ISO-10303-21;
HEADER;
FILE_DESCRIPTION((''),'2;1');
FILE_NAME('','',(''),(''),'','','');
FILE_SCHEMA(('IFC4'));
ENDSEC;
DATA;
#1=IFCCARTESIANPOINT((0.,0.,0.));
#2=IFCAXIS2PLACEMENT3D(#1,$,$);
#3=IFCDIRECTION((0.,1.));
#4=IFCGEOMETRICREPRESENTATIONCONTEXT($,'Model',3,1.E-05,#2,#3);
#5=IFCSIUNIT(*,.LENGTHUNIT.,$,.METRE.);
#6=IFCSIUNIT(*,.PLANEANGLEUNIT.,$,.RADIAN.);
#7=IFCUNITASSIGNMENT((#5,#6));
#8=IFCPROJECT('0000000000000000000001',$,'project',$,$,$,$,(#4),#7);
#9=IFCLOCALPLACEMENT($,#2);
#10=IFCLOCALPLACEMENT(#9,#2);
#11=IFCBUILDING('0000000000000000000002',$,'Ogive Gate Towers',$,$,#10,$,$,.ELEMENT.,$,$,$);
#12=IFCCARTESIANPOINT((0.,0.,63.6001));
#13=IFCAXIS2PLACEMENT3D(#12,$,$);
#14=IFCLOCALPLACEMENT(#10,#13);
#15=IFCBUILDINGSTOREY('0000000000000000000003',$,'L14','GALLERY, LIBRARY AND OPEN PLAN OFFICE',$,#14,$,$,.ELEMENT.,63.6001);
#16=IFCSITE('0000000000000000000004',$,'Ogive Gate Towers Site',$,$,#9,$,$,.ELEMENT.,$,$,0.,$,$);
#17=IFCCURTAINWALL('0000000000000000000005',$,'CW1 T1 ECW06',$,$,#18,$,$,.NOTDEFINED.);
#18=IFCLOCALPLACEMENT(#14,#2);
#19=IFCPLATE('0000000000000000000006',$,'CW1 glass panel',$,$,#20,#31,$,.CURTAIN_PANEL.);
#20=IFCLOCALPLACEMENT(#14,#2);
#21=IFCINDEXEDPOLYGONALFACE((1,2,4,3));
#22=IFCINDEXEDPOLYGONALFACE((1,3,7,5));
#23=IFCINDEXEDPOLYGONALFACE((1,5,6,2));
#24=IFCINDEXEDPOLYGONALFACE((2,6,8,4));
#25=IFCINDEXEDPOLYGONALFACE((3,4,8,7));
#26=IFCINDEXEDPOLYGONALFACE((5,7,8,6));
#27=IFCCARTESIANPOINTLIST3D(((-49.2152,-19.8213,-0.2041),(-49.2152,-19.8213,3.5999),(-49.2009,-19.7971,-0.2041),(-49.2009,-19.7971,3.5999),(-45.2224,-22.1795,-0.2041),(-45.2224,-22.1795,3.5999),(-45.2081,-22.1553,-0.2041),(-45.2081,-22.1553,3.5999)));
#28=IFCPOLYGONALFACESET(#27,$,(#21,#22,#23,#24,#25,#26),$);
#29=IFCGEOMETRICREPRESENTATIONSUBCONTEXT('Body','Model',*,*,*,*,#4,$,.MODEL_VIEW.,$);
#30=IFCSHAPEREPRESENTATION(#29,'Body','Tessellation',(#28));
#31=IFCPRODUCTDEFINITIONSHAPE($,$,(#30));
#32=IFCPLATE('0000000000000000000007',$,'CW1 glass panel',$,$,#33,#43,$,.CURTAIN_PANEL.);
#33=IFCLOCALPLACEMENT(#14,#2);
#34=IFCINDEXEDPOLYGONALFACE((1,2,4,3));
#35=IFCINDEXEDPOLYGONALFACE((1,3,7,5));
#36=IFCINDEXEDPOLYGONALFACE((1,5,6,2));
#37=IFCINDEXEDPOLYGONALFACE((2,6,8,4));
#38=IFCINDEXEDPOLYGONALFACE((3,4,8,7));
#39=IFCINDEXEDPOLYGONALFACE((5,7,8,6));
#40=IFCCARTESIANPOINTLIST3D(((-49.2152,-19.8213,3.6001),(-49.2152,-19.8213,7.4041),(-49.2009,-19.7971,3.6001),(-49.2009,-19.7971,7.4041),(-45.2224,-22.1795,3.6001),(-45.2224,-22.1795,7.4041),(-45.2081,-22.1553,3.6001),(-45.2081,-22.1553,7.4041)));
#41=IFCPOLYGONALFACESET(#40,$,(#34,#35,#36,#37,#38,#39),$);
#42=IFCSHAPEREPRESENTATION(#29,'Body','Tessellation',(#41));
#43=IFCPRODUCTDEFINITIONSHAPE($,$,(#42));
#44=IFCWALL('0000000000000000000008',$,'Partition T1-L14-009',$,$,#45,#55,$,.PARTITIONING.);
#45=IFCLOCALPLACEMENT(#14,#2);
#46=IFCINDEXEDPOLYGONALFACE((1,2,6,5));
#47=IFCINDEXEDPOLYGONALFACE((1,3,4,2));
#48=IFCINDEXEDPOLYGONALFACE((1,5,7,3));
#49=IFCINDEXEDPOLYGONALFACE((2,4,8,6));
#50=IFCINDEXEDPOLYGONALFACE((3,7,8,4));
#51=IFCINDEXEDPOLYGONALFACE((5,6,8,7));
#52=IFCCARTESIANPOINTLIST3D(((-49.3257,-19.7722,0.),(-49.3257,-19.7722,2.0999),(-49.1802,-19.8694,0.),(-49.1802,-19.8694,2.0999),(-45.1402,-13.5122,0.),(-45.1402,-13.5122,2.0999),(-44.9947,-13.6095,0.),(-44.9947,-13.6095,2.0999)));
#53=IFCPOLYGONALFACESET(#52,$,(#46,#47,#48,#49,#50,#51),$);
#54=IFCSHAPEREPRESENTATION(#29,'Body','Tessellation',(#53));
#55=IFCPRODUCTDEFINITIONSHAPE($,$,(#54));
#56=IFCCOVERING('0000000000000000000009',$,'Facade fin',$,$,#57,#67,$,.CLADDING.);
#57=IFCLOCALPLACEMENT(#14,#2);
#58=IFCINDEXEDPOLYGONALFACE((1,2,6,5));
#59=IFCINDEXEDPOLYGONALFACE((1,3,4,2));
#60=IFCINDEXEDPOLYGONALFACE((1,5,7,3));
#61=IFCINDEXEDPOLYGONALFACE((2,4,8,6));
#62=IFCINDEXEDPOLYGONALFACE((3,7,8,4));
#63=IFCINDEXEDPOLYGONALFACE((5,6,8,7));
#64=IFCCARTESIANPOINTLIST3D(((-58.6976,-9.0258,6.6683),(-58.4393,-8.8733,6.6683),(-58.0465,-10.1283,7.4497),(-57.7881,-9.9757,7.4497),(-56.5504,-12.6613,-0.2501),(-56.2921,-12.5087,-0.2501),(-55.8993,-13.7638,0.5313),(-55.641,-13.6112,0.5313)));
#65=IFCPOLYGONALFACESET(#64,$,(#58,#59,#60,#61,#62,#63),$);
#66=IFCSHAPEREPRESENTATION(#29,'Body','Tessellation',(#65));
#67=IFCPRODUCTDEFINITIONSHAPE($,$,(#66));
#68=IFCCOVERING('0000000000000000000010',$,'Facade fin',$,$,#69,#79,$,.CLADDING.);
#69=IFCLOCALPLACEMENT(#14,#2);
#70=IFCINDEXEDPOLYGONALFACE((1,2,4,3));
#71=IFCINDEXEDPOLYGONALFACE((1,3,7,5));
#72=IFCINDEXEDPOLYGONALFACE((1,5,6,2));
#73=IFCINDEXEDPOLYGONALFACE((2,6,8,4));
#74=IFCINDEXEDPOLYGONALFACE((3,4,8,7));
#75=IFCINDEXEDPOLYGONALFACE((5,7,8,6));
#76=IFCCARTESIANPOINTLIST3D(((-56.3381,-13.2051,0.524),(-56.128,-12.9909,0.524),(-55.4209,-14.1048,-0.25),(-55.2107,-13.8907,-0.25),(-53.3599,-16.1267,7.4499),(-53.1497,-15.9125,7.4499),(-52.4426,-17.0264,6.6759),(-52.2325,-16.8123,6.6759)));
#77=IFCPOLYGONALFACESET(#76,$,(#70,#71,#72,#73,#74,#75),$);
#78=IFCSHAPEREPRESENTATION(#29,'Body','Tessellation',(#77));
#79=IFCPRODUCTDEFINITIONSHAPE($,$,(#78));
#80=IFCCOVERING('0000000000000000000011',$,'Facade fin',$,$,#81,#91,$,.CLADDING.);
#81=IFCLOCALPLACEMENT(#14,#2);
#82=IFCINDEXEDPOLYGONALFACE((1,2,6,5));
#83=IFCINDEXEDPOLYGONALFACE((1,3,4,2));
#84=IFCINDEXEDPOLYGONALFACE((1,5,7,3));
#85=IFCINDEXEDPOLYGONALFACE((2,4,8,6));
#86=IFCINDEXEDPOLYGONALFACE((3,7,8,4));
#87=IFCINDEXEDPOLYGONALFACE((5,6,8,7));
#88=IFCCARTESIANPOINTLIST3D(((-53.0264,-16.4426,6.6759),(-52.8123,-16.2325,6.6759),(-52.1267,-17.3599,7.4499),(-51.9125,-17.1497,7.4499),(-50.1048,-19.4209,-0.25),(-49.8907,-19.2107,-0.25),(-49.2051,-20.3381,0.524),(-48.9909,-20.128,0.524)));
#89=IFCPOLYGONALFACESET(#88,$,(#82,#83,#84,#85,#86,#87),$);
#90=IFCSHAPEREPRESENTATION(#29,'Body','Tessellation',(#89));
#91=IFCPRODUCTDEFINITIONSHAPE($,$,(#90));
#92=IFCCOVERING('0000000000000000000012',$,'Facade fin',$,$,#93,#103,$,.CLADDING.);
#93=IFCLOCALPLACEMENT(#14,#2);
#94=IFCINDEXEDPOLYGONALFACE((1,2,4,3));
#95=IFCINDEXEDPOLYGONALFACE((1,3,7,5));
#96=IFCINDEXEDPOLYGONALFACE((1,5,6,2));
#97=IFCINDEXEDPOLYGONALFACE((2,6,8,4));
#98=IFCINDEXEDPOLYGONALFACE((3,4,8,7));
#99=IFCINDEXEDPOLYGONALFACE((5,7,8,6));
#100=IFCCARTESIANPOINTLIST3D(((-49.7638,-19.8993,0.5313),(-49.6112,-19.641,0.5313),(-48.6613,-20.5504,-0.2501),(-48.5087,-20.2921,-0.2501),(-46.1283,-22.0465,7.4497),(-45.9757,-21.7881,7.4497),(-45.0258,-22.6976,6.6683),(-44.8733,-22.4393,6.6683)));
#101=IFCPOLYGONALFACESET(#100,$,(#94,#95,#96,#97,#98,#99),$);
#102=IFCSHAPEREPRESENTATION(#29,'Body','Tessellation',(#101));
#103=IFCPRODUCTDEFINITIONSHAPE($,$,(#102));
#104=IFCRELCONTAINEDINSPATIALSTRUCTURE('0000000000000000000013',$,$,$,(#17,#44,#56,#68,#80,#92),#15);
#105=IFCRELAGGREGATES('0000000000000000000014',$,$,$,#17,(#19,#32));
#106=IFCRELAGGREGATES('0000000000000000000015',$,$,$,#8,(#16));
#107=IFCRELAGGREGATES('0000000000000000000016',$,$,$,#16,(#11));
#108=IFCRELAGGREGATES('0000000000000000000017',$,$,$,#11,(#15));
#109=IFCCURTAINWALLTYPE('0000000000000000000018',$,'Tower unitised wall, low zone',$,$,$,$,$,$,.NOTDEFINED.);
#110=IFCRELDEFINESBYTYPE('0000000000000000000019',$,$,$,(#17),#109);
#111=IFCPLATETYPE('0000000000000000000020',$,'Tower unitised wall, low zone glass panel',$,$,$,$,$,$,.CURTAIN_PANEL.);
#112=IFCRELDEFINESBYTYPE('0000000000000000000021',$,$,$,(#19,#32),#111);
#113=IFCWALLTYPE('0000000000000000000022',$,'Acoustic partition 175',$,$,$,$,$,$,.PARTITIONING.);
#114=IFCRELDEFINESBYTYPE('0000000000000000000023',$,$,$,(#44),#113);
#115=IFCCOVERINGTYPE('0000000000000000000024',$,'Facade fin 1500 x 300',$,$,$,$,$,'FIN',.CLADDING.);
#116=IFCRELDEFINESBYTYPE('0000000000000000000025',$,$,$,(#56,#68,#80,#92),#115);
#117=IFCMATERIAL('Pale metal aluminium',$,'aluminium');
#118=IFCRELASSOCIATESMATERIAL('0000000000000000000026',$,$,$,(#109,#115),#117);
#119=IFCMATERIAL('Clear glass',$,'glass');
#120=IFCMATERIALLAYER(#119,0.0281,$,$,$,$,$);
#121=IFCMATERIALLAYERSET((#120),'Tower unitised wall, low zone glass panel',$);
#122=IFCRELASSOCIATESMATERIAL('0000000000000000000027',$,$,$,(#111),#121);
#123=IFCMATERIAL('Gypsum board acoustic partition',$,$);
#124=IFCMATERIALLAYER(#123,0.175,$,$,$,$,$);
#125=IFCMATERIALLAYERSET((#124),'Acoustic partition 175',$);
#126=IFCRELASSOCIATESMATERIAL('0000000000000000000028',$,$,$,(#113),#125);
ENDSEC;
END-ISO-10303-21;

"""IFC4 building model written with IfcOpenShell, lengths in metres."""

from ifc_helpers import new_model, si_unit, direction, frame, frame_2d, origin, origin_2d, place, context, subcontext, project, spatial, rectangle, extrude, material, layer, layer_set, material_profile, profile_set, type_object, element, aggregate, save


model = new_model("IFC4")

# Units and contexts
model_context = context("Model", 3, precision=1e-05, world=origin(), true_north=direction((0.0, 1.0)))
body_context = subcontext(model_context, "Body", "Model", "MODEL_VIEW")
ifc_project = project(units=[si_unit("LENGTHUNIT", "METRE"), si_unit("PLANEANGLEUNIT", "RADIAN")], contexts=[model_context])

# Site, building, storey
site_placement = place(None, origin())
site = spatial("IfcSite", under=ifc_project, at=site_placement, Name="Ogive Gate Towers Site", CompositionType="ELEMENT", RefElevation=0.0)
building_placement = place(site_placement, origin())
building = spatial("IfcBuilding", under=site, at=building_placement, Name="Ogive Gate Towers", CompositionType="ELEMENT")
storey_placement = place(building_placement, frame((0.0, 0.0, 63.6001)))
storey = spatial("IfcBuildingStorey", under=building, at=storey_placement, Name="L14", Description="GALLERY, LIBRARY AND OPEN PLAN OFFICE", CompositionType="ELEMENT", Elevation=63.6001)

# Curtain wall
ifc_material_1 = material(Name="Pale metal aluminium", Category="aluminium")
curtain_wall_type = type_object("IfcCurtainWallType", Name="Tower unitised wall, low zone", PredefinedType="NOTDEFINED", material=ifc_material_1)
curtain_wall_1_placement = place(storey_placement, origin())
curtain_wall_1 = element("IfcCurtainWall", 1, at=curtain_wall_1_placement, inside=storey, type_object=curtain_wall_type, Name="CW1 T1 ECW06", PredefinedType="NOTDEFINED")

# Plates
ifc_material_2 = material(Name="Clear glass", Category="glass")
ifc_layer_1 = layer(ifc_material_2, 0.0281)
ifc_layer_set_1 = layer_set([ifc_layer_1], Name="Tower unitised wall, low zone glass panel")
plate_type = type_object("IfcPlateType", Name="Tower unitised wall, low zone glass panel", PredefinedType="CURTAIN_PANEL", material=ifc_layer_set_1)
plate_1_placement = place(storey_placement, frame((-47.2117, -20.9883, -0.2041), z_axis=(0.0, 0.0, 1.0), x_axis=(0.861035, -0.508546, 0.0)))
plate_1 = element("IfcPlate", 2, at=plate_1_placement, type_object=plate_type, Name="CW1 glass panel", PredefinedType="CURTAIN_PANEL", context=body_context, shape_type="SweptSolid", body=[
    extrude(rectangle(XDim=4.6372, YDim=0.0281, at=origin_2d()), origin(), (0.0, 0.0, 1.0), 3.804),
])
plate_2_placement = place(storey_placement, frame((-47.2117, -20.9883, 3.6001), z_axis=(0.0, 0.0, 1.0), x_axis=(0.861035, -0.508546, 0.0)))
plate_2 = element("IfcPlate", 3, at=plate_2_placement, type_object=plate_type, Name="CW1 glass panel", PredefinedType="CURTAIN_PANEL", context=body_context, shape_type="SweptSolid", body=[
    extrude(rectangle(XDim=4.6372, YDim=0.0281, at=origin_2d()), origin(), (0.0, 0.0, 1.0), 3.804),
])
aggregate(curtain_wall_1, [plate_1, plate_2])

# Wall
ifc_material_3 = material(Name="Gypsum board acoustic partition")
ifc_layer_2 = layer(ifc_material_3, 0.175)
ifc_layer_set_2 = layer_set([ifc_layer_2], Name="Acoustic partition 175")
wall_type = type_object("IfcWallType", Name="Acoustic partition 175", PredefinedType="PARTITIONING", material=ifc_layer_set_2)
wall_placement = place(storey_placement, frame((-49.2529, -19.8208, 0.0), z_axis=(0.0, 0.0, 1.0), x_axis=(0.555822, 0.831301, 0.0)))
element("IfcWall", 4, at=wall_placement, inside=storey, type_object=wall_type, Name="Partition T1-L14-009", PredefinedType="PARTITIONING", context=body_context, shape_type="SweptSolid", body=[
    extrude(rectangle(XDim=7.5303, YDim=0.175, at=frame_2d((3.7651, 0.0))), origin(), (0.0, 0.0, 1.0), 2.0999),
])

# Coverings
ifc_material_profile_1 = material_profile(ifc_material_1, rectangle(XDim=0.3, YDim=1.5, at=origin_2d()), Name="1500 x 300 pale metal aluminium")
ifc_profile_set_1 = profile_set([ifc_material_profile_1], Name="Pale metal aluminium")
covering_type = type_object("IfcCoveringType", Name="Facade fin 1500 x 300", ElementType="FIN", PredefinedType="CLADDING", material=ifc_profile_set_1)
covering_1_placement = place(storey_placement, frame((-56.0957, -13.1362, 0.1406), z_axis=(-0.264922, 0.448545, 0.853594), x_axis=(-0.861034, -0.508548, 0.0)))
element("IfcCovering", 5, at=covering_1_placement, inside=storey, type_object=covering_type, Name="Facade fin", PredefinedType="CLADDING", context=body_context, shape_type="SweptSolid", body=[
    extrude(rectangle(XDim=0.3, YDim=1.5, at=origin_2d()), origin(), (0.0, 0.0, 1.0), 8.105),
])
for number, where, z_axis, x_axis, name in (
    (6, (-55.7744, -13.5479, 0.137), (0.368346, -0.361341, 0.856595), (0.700286, 0.713862, 0.0), "Facade fin"),
    (7, (-49.5479, -19.7744, 0.137), (-0.361341, 0.368346, 0.856595), (-0.713862, -0.700286, 0.0), "Facade fin"),
):
    element("IfcCovering", number, at=place(storey_placement, frame(where, z_axis=z_axis, x_axis=x_axis)), inside=storey, type_object=covering_type, Name=name, PredefinedType="CLADDING", context=body_context, shape_type="SweptSolid", body=[
        extrude(rectangle(XDim=0.3, YDim=1.5, at=origin_2d()), origin(), (0.0, 0.0, 1.0), 8.0854),
    ])
covering_2_placement = place(storey_placement, frame((-49.1362, -20.0957, 0.1406), z_axis=(0.448545, -0.264922, 0.853594), x_axis=(0.508548, 0.861034, 0.0)))
element("IfcCovering", 8, at=covering_2_placement, inside=storey, type_object=covering_type, Name="Facade fin", PredefinedType="CLADDING", context=body_context, shape_type="SweptSolid", body=[
    extrude(rectangle(XDim=0.3, YDim=1.5, at=origin_2d()), origin(), (0.0, 0.0, 1.0), 8.105),
])

save(model, "model.ifc")
